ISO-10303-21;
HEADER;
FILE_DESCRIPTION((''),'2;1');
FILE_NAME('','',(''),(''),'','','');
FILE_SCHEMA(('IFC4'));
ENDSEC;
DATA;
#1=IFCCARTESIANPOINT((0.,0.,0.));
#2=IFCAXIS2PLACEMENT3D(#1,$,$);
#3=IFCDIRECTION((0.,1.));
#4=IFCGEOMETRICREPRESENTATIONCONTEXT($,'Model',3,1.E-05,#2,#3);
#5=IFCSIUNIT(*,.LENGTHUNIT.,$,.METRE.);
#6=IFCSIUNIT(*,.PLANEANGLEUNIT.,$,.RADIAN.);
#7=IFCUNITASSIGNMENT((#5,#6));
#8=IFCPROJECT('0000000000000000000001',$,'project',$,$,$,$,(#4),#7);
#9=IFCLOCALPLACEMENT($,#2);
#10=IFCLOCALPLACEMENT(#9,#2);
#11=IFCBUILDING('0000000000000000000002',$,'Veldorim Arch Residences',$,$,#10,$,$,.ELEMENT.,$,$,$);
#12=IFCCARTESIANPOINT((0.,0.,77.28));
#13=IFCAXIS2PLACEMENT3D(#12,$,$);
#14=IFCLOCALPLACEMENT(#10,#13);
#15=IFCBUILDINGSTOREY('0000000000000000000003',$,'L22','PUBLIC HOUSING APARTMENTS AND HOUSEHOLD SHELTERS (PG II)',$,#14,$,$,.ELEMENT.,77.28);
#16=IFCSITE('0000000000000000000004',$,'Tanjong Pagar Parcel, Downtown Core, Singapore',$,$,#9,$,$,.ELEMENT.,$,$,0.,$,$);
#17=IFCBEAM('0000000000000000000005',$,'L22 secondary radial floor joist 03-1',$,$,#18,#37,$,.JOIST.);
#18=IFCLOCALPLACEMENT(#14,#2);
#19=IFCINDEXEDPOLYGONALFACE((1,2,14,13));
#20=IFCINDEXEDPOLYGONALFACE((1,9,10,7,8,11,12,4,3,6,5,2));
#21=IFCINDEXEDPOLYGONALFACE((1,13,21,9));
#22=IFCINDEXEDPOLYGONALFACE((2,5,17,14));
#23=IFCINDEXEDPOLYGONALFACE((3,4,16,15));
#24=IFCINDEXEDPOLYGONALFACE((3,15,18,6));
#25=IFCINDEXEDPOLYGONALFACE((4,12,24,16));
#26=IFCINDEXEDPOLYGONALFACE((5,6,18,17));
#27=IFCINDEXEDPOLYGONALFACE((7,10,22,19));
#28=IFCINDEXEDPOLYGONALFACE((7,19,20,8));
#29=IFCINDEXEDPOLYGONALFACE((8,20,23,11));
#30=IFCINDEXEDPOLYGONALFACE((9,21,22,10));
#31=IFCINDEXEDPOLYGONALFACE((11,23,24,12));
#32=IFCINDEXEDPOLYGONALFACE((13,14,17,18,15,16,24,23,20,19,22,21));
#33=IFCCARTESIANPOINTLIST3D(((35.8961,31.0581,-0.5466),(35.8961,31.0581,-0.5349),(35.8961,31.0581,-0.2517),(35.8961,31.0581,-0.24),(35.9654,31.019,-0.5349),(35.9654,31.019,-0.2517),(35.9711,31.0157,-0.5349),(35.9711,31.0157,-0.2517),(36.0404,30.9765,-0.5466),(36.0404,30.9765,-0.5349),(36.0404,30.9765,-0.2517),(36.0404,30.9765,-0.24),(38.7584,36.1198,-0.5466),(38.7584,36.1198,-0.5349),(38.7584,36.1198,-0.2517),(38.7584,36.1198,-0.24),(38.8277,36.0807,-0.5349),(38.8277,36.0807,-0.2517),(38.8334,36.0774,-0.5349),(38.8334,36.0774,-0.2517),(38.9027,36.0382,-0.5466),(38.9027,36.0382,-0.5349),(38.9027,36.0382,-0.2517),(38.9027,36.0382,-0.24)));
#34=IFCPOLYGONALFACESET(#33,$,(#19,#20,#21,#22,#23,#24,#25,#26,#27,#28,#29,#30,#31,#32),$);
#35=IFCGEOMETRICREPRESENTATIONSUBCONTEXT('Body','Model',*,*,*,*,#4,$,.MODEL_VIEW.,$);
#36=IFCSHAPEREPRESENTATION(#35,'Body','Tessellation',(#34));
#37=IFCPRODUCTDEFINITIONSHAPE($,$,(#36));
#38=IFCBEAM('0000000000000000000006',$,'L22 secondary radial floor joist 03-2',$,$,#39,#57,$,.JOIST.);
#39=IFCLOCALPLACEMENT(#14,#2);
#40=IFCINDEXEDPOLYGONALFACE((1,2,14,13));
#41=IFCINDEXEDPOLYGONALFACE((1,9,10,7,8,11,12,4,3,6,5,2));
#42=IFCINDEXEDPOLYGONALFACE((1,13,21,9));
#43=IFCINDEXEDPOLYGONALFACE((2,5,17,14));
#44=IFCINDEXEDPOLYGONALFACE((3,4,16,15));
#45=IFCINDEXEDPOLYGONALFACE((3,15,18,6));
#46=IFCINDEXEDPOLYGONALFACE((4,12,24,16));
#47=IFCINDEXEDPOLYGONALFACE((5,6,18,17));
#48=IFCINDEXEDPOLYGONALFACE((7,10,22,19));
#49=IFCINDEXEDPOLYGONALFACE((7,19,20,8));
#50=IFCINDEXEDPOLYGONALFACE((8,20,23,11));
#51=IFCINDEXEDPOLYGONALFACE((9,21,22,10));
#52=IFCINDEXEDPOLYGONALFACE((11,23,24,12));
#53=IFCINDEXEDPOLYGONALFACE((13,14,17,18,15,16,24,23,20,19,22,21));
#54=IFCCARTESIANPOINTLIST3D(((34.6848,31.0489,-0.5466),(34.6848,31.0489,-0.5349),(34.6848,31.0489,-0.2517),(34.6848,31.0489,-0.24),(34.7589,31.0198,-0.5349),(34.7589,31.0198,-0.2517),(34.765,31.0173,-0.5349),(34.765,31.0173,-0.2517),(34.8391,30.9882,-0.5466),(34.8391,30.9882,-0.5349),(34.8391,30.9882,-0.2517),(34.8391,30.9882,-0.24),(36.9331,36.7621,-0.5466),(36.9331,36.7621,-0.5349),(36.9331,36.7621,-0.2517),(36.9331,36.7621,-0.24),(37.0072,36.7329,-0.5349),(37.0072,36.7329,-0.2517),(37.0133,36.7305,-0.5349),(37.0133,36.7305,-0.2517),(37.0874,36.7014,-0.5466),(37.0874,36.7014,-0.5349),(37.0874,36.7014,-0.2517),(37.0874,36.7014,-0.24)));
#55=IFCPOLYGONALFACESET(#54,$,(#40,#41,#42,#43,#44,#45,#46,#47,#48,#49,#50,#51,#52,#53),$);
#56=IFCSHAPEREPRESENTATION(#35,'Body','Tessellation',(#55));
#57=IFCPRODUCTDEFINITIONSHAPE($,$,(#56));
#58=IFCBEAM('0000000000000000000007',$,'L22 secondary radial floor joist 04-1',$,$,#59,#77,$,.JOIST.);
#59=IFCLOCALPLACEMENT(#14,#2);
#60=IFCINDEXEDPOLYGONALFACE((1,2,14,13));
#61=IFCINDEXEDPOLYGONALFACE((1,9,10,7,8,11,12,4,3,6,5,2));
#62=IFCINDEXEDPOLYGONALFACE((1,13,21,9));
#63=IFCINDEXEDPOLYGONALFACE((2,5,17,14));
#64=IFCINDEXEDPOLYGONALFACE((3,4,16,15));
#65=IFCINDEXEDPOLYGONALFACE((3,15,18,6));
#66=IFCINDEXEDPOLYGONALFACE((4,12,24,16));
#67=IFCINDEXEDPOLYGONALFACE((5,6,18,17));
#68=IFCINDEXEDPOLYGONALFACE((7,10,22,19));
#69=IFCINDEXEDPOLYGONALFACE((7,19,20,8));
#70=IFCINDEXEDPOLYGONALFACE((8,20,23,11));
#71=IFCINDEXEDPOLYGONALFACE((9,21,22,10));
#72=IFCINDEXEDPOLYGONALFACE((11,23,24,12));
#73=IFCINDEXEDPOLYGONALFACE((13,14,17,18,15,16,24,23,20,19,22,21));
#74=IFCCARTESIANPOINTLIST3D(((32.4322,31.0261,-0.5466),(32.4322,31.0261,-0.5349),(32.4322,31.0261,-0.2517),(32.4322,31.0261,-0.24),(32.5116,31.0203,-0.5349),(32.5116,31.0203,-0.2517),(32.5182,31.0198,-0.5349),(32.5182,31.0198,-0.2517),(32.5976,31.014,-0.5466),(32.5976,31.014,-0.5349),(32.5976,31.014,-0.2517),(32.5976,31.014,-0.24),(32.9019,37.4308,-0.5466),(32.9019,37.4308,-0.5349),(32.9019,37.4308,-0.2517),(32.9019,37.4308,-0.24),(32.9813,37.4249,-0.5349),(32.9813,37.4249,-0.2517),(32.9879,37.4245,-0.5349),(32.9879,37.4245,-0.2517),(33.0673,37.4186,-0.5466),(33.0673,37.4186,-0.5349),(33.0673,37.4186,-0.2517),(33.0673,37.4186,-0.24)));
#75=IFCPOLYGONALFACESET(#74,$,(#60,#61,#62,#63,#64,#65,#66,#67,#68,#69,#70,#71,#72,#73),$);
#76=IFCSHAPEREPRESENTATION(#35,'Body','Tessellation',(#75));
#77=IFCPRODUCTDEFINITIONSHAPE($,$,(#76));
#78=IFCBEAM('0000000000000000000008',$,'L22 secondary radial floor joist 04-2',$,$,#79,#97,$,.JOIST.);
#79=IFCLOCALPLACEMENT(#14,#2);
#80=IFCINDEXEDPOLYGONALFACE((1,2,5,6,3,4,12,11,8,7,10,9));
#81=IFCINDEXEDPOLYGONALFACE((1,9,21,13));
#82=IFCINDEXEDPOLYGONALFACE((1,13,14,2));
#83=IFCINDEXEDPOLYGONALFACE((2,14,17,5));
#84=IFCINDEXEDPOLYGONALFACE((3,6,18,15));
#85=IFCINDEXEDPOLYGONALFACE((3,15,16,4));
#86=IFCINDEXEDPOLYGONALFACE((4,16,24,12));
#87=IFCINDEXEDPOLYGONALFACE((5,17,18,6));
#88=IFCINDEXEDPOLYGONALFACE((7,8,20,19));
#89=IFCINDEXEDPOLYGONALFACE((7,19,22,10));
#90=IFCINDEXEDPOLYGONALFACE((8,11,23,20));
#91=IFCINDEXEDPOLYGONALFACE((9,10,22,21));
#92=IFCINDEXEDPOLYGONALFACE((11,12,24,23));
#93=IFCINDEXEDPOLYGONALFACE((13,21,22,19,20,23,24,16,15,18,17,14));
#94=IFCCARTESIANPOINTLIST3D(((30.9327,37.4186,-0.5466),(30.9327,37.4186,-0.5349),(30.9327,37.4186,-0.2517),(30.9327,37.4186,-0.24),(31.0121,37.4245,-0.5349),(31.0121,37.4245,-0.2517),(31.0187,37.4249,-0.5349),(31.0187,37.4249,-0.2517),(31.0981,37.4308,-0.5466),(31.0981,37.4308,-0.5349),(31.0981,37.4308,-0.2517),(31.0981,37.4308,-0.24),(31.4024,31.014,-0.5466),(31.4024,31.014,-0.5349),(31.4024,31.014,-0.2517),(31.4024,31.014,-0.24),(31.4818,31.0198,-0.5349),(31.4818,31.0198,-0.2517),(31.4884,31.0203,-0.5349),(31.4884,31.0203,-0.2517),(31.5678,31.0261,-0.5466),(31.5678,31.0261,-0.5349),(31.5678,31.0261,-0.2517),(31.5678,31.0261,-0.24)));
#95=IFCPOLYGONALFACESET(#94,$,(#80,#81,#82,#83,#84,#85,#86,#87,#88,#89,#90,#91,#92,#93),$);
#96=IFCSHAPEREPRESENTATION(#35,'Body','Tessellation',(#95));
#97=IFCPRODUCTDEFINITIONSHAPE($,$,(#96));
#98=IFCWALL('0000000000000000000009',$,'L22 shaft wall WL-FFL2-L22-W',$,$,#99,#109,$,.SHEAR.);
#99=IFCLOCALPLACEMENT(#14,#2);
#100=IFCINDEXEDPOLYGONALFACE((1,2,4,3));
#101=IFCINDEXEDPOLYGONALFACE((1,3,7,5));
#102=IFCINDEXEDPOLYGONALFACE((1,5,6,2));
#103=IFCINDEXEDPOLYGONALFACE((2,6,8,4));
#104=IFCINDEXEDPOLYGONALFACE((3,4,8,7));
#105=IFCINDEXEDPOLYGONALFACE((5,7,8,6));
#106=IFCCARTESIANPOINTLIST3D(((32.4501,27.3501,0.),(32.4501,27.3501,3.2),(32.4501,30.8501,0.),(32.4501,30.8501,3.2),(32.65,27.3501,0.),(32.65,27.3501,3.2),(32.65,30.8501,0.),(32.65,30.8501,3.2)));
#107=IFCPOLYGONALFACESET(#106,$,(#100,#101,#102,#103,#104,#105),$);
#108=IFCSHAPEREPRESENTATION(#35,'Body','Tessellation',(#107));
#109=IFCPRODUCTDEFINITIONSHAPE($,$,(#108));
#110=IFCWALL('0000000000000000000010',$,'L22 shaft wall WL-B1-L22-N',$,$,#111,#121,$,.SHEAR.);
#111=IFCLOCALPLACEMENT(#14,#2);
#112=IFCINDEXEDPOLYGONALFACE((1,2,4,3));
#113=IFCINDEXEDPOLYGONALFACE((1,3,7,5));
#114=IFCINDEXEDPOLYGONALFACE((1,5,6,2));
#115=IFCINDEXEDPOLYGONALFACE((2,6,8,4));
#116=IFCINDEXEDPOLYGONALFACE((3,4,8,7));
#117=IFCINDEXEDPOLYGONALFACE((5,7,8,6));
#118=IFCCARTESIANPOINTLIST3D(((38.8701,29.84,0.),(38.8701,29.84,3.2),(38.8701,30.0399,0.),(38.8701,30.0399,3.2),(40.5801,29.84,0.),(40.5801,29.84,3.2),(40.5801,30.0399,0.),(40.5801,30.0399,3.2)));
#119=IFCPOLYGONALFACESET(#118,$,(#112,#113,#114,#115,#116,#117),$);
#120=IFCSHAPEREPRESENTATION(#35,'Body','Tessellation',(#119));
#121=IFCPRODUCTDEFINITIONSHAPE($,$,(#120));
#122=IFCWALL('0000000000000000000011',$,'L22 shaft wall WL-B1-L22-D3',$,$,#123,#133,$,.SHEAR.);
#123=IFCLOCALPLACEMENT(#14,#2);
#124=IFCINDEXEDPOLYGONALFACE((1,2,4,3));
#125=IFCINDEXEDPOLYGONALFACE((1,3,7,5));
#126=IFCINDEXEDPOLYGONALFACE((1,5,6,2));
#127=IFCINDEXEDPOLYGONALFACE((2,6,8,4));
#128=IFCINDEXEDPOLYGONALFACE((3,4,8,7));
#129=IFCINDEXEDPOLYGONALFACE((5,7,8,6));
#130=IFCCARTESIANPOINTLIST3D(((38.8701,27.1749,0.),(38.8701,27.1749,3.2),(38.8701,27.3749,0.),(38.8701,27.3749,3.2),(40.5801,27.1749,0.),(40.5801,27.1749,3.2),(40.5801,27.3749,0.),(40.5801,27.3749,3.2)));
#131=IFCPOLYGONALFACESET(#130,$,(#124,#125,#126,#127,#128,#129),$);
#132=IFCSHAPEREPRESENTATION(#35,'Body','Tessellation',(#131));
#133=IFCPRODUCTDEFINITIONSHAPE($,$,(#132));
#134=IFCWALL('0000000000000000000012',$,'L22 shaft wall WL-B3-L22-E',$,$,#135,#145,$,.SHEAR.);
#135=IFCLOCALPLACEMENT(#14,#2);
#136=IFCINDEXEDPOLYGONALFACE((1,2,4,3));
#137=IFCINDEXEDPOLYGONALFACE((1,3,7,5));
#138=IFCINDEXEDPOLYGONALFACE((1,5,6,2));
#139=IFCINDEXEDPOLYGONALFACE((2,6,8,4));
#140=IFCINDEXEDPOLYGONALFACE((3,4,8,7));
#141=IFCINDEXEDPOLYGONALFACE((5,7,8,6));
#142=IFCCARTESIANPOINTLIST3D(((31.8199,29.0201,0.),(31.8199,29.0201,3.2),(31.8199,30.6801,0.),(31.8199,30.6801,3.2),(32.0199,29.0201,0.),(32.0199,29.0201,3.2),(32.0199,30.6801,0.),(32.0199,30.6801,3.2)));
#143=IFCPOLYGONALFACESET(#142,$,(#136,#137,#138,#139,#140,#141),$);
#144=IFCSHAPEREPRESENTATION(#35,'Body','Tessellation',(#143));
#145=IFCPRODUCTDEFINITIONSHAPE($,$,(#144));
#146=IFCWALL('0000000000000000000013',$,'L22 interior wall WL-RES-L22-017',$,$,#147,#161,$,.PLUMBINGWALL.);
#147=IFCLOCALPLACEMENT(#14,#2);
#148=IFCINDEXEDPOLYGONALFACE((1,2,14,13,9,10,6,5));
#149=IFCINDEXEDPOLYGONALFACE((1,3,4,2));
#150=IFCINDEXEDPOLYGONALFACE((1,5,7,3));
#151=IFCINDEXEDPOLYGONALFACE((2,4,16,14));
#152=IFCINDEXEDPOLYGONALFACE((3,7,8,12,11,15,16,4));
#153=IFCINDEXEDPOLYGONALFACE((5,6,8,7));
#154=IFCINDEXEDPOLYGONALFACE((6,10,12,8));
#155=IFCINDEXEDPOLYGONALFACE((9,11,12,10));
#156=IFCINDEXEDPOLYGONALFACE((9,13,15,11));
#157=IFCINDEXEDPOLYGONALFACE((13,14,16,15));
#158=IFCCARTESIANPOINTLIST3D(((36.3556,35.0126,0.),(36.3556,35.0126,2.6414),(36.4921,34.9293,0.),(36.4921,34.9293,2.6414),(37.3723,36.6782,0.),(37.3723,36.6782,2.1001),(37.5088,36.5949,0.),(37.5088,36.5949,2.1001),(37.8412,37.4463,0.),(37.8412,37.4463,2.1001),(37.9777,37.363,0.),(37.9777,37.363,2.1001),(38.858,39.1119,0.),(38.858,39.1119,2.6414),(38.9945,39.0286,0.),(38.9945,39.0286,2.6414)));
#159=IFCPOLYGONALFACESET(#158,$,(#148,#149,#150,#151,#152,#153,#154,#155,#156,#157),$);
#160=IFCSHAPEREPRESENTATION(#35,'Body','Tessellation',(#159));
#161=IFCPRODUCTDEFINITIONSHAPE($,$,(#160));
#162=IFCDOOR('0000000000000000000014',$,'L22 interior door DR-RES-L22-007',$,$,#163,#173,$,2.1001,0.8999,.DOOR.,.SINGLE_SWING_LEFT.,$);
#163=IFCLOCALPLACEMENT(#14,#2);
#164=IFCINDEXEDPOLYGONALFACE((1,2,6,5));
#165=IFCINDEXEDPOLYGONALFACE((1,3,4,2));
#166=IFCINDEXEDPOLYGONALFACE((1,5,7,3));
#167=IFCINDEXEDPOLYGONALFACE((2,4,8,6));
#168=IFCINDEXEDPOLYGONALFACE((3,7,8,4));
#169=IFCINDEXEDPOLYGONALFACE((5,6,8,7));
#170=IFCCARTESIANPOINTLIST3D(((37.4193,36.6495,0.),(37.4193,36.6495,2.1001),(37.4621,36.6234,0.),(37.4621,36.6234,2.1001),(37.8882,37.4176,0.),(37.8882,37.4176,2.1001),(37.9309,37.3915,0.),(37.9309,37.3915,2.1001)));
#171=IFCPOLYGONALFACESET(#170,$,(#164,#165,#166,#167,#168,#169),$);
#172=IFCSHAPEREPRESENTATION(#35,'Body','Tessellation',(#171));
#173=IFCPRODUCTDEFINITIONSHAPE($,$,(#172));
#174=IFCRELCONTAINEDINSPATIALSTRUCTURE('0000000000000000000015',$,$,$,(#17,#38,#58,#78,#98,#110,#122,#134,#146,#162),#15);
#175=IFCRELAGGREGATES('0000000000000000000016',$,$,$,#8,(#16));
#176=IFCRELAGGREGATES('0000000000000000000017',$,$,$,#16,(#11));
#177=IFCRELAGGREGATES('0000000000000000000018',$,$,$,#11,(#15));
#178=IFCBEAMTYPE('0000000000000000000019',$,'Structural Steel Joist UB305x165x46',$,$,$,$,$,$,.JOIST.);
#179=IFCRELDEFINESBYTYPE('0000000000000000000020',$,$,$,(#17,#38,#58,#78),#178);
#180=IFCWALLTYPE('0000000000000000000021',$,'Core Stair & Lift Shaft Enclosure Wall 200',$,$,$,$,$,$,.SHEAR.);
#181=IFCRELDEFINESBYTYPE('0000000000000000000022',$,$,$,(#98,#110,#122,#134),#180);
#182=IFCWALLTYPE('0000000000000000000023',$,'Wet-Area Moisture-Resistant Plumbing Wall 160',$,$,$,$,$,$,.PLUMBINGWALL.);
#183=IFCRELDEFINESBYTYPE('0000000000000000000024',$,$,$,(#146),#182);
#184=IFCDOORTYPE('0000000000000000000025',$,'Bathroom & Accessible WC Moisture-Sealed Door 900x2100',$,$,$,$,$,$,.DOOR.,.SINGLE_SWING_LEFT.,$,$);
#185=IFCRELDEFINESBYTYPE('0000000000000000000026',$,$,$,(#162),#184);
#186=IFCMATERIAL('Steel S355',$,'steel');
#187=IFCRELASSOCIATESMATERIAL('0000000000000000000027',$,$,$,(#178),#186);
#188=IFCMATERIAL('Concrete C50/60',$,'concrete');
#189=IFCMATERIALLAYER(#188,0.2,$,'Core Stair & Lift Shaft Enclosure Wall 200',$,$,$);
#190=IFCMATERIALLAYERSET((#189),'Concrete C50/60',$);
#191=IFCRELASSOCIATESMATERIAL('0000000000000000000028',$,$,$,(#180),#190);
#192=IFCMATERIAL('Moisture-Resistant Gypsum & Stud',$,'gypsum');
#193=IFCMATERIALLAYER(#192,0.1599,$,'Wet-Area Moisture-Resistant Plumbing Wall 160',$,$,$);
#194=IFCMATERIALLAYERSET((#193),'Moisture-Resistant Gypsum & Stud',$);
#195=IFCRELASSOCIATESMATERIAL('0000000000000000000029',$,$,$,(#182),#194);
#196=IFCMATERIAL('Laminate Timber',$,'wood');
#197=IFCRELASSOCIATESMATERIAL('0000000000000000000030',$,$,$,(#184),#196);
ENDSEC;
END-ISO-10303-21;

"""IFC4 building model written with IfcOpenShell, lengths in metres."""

from ifc_helpers import new_model, si_unit, direction, frame, frame_2d, origin, origin_2d, place, context, subcontext, project, spatial, rectangle, i_section, extrude, material, layer, layer_set, material_profile, profile_set, type_object, element, fill, save


model = new_model("IFC4")

# Units and contexts
model_context = context("Model", 3, precision=1e-05, world=origin(), true_north=direction((0.0, 1.0)))
body_context = subcontext(model_context, "Body", "Model", "MODEL_VIEW")
ifc_project = project(units=[si_unit("LENGTHUNIT", "METRE"), si_unit("PLANEANGLEUNIT", "RADIAN")], contexts=[model_context])

# Site, building, storey
site_placement = place(None, origin())
site = spatial("IfcSite", under=ifc_project, at=site_placement, Name="Tanjong Pagar Parcel, Downtown Core, Singapore", CompositionType="ELEMENT", RefElevation=0.0)
building_placement = place(site_placement, origin())
building = spatial("IfcBuilding", under=site, at=building_placement, Name="Veldorim Arch Residences", CompositionType="ELEMENT")
storey_placement = place(building_placement, frame((0.0, 0.0, 77.28)))
storey = spatial("IfcBuildingStorey", under=building, at=storey_placement, Name="L22", Description="PUBLIC HOUSING APARTMENTS AND HOUSEHOLD SHELTERS (PG II)", CompositionType="ELEMENT", Elevation=77.28)

# Beams
ifc_material_1 = material(Name="Steel S355", Category="steel")
ifc_material_profile_1 = material_profile(ifc_material_1, i_section(OverallWidth=0.1658, OverallDepth=0.3066, WebThickness=0.0066, FlangeThickness=0.0117, at=origin_2d()), Name="UB305x165x46")
ifc_profile_set_1 = profile_set([ifc_material_profile_1], Name="Steel S355")
beam_type_1 = type_object("IfcBeamType", Name="Structural Steel Joist UB305x165x46", PredefinedType="JOIST", material=ifc_profile_set_1)
beam_1_placement = place(storey_placement, frame((35.9683, 31.0173, -0.3933), z_axis=(0.492227, 0.870467, 0.0), x_axis=(-0.870467, 0.492227, 0.0)))
element("IfcBeam", 1, at=beam_1_placement, inside=storey, type_object=beam_type_1, Name="L22 secondary radial floor joist 03-1", PredefinedType="JOIST", context=body_context, shape_type="SweptSolid", body=[
    extrude(i_section(OverallWidth=0.1658, OverallDepth=0.3066, WebThickness=0.0066, FlangeThickness=0.0117, at=origin_2d()), origin(), (0.0, 0.0, 1.0), 5.8149),
])
beam_2_placement = place(storey_placement, frame((34.762, 31.0186, -0.3933), z_axis=(0.366195, 0.930538, 0.0), x_axis=(-0.930538, 0.366195, 0.0)))
element("IfcBeam", 2, at=beam_2_placement, inside=storey, type_object=beam_type_1, Name="L22 secondary radial floor joist 03-2", PredefinedType="JOIST", context=body_context, shape_type="SweptSolid", body=[
    extrude(i_section(OverallWidth=0.1658, OverallDepth=0.3066, WebThickness=0.0066, FlangeThickness=0.0117, at=origin_2d()), origin(), (0.0, 0.0, 1.0), 6.1396),
])
for number, where, z_axis, x_axis, name in (
    (3, (32.5149, 31.02, -0.3933), (0.073143, 0.997321, 0.0), (-0.997321, 0.073143, 0.0), "L22 secondary radial floor joist 04-1"),
    (4, (31.4851, 31.02, -0.3933), (-0.073143, 0.997321, 0.0), (-0.997321, -0.073143, 0.0), "L22 secondary radial floor joist 04-2"),
):
    element("IfcBeam", number, at=place(storey_placement, frame(where, z_axis=z_axis, x_axis=x_axis)), inside=storey, type_object=beam_type_1, Name=name, PredefinedType="JOIST", context=body_context, shape_type="SweptSolid", body=[
        extrude(i_section(OverallWidth=0.1658, OverallDepth=0.3066, WebThickness=0.0066, FlangeThickness=0.0117, at=origin_2d()), origin(), (0.0, 0.0, 1.0), 6.4219),
    ])

# Shared definitions
ifc_material_2 = material(Name="Concrete C50/60", Category="concrete")
ifc_layer_1 = layer(ifc_material_2, 0.2, Name="Core Stair & Lift Shaft Enclosure Wall 200")
ifc_layer_set_1 = layer_set([ifc_layer_1], Name="Concrete C50/60")
wall_type_1 = type_object("IfcWallType", Name="Core Stair & Lift Shaft Enclosure Wall 200", PredefinedType="SHEAR", material=ifc_layer_set_1)

# Wall
wall_1_placement = place(storey_placement, frame((32.55, 27.3501, 0.0), z_axis=(0.0, 0.0, 1.0), x_axis=(0.0, 1.0, 0.0)))
element("IfcWall", 5, at=wall_1_placement, inside=storey, type_object=wall_type_1, Name="L22 shaft wall WL-FFL2-L22-W", PredefinedType="SHEAR", context=body_context, shape_type="SweptSolid", body=[
    extrude(rectangle(XDim=3.5, YDim=0.2, at=frame_2d((1.75, 0.0))), origin(), (0.0, 0.0, 1.0), 3.2),
])

# Walls
for number, where, z_axis, x_axis, name in (
    (6, (38.8701, 29.9399, 0.0), (0.0, 0.0, 1.0), (1.0, 0.0, 0.0), "L22 shaft wall WL-B1-L22-N"),
    (7, (38.8701, 27.2749, 0.0), (0.0, 0.0, 1.0), (1.0, 0.0, 0.0), "L22 shaft wall WL-B1-L22-D3"),
):
    element("IfcWall", number, at=place(storey_placement, frame(where, z_axis=z_axis, x_axis=x_axis)), inside=storey, type_object=wall_type_1, Name=name, PredefinedType="SHEAR", context=body_context, shape_type="SweptSolid", body=[
        extrude(rectangle(XDim=1.71, YDim=0.2, at=frame_2d((0.855, 0.0))), origin(), (0.0, 0.0, 1.0), 3.2),
    ])
wall_2_placement = place(storey_placement, frame((31.9199, 29.02, 0.0), z_axis=(0.0, 0.0, 1.0), x_axis=(0.0, 1.0, 0.0)))
element("IfcWall", 8, at=wall_2_placement, inside=storey, type_object=wall_type_1, Name="L22 shaft wall WL-B3-L22-E", PredefinedType="SHEAR", context=body_context, shape_type="SweptSolid", body=[
    extrude(rectangle(XDim=1.6599, YDim=0.2, at=frame_2d((0.8301, 0.0))), origin(), (0.0, 0.0, 1.0), 3.2),
])

# Wall, opening, door
ifc_material_3 = material(Name="Moisture-Resistant Gypsum & Stud", Category="gypsum")
ifc_layer_2 = layer(ifc_material_3, 0.1599, Name="Wet-Area Moisture-Resistant Plumbing Wall 160")
ifc_layer_set_2 = layer_set([ifc_layer_2], Name="Moisture-Resistant Gypsum & Stud")
wall_type_2 = type_object("IfcWallType", Name="Wet-Area Moisture-Resistant Plumbing Wall 160", PredefinedType="PLUMBINGWALL", material=ifc_layer_set_2)
wall_3_placement = place(storey_placement, frame((36.4238, 34.9709, 0.0), z_axis=(0.0, 0.0, 1.0), x_axis=(0.521037, 0.853534, 0.0)))
wall_3 = element("IfcWall", 9, at=wall_3_placement, inside=storey, type_object=wall_type_2, Name="L22 interior wall WL-RES-L22-017", PredefinedType="PLUMBINGWALL", context=body_context, shape_type="SweptSolid", body=[
    extrude(rectangle(XDim=4.8027, YDim=0.1599, at=frame_2d((2.4014, 0.0))), origin(), (0.0, 0.0, 1.0), 2.6414),
])
opening_1_placement = place(wall_3_placement, frame((1.9514, 0.0, 0.0)))
opening_1 = element("IfcOpeningElement", 10, at=opening_1_placement, cuts=wall_3, PredefinedType="OPENING", context=body_context, shape_type="SweptSolid", body=[
    extrude(rectangle(XDim=0.8999, YDim=2.1001, at=frame_2d((0.45, 1.05))), frame((0.0, 0.0898, 0.0), z_axis=(0.0, -1.0, 0.0), x_axis=(1.0, 0.0, 0.0)), (0.0, 0.0, 1.0), 0.1799),
])
ifc_material_4 = material(Name="Laminate Timber", Category="wood")
door_type_1 = type_object("IfcDoorType", Name="Bathroom & Accessible WC Moisture-Sealed Door 900x2100", OperationType="SINGLE_SWING_LEFT", PredefinedType="DOOR", material=ifc_material_4)
door_1_placement = place(opening_1_placement, origin())
door_1 = element("IfcDoor", 11, at=door_1_placement, inside=storey, type_object=door_type_1, Name="L22 interior door DR-RES-L22-007", OperationType="SINGLE_SWING_LEFT", OverallHeight=2.1001, OverallWidth=0.8999, PredefinedType="DOOR", context=body_context, shape_type="SweptSolid", body=[
    extrude(rectangle(XDim=0.8999, YDim=2.1001, at=frame_2d((0.45, 1.05))), frame((0.0, 0.0249, 0.0), z_axis=(0.0, -1.0, 0.0), x_axis=(1.0, 0.0, 0.0)), (0.0, 0.0, 1.0), 0.05),
])
fill(opening_1, door_1)

save(model, "model.ifc")
